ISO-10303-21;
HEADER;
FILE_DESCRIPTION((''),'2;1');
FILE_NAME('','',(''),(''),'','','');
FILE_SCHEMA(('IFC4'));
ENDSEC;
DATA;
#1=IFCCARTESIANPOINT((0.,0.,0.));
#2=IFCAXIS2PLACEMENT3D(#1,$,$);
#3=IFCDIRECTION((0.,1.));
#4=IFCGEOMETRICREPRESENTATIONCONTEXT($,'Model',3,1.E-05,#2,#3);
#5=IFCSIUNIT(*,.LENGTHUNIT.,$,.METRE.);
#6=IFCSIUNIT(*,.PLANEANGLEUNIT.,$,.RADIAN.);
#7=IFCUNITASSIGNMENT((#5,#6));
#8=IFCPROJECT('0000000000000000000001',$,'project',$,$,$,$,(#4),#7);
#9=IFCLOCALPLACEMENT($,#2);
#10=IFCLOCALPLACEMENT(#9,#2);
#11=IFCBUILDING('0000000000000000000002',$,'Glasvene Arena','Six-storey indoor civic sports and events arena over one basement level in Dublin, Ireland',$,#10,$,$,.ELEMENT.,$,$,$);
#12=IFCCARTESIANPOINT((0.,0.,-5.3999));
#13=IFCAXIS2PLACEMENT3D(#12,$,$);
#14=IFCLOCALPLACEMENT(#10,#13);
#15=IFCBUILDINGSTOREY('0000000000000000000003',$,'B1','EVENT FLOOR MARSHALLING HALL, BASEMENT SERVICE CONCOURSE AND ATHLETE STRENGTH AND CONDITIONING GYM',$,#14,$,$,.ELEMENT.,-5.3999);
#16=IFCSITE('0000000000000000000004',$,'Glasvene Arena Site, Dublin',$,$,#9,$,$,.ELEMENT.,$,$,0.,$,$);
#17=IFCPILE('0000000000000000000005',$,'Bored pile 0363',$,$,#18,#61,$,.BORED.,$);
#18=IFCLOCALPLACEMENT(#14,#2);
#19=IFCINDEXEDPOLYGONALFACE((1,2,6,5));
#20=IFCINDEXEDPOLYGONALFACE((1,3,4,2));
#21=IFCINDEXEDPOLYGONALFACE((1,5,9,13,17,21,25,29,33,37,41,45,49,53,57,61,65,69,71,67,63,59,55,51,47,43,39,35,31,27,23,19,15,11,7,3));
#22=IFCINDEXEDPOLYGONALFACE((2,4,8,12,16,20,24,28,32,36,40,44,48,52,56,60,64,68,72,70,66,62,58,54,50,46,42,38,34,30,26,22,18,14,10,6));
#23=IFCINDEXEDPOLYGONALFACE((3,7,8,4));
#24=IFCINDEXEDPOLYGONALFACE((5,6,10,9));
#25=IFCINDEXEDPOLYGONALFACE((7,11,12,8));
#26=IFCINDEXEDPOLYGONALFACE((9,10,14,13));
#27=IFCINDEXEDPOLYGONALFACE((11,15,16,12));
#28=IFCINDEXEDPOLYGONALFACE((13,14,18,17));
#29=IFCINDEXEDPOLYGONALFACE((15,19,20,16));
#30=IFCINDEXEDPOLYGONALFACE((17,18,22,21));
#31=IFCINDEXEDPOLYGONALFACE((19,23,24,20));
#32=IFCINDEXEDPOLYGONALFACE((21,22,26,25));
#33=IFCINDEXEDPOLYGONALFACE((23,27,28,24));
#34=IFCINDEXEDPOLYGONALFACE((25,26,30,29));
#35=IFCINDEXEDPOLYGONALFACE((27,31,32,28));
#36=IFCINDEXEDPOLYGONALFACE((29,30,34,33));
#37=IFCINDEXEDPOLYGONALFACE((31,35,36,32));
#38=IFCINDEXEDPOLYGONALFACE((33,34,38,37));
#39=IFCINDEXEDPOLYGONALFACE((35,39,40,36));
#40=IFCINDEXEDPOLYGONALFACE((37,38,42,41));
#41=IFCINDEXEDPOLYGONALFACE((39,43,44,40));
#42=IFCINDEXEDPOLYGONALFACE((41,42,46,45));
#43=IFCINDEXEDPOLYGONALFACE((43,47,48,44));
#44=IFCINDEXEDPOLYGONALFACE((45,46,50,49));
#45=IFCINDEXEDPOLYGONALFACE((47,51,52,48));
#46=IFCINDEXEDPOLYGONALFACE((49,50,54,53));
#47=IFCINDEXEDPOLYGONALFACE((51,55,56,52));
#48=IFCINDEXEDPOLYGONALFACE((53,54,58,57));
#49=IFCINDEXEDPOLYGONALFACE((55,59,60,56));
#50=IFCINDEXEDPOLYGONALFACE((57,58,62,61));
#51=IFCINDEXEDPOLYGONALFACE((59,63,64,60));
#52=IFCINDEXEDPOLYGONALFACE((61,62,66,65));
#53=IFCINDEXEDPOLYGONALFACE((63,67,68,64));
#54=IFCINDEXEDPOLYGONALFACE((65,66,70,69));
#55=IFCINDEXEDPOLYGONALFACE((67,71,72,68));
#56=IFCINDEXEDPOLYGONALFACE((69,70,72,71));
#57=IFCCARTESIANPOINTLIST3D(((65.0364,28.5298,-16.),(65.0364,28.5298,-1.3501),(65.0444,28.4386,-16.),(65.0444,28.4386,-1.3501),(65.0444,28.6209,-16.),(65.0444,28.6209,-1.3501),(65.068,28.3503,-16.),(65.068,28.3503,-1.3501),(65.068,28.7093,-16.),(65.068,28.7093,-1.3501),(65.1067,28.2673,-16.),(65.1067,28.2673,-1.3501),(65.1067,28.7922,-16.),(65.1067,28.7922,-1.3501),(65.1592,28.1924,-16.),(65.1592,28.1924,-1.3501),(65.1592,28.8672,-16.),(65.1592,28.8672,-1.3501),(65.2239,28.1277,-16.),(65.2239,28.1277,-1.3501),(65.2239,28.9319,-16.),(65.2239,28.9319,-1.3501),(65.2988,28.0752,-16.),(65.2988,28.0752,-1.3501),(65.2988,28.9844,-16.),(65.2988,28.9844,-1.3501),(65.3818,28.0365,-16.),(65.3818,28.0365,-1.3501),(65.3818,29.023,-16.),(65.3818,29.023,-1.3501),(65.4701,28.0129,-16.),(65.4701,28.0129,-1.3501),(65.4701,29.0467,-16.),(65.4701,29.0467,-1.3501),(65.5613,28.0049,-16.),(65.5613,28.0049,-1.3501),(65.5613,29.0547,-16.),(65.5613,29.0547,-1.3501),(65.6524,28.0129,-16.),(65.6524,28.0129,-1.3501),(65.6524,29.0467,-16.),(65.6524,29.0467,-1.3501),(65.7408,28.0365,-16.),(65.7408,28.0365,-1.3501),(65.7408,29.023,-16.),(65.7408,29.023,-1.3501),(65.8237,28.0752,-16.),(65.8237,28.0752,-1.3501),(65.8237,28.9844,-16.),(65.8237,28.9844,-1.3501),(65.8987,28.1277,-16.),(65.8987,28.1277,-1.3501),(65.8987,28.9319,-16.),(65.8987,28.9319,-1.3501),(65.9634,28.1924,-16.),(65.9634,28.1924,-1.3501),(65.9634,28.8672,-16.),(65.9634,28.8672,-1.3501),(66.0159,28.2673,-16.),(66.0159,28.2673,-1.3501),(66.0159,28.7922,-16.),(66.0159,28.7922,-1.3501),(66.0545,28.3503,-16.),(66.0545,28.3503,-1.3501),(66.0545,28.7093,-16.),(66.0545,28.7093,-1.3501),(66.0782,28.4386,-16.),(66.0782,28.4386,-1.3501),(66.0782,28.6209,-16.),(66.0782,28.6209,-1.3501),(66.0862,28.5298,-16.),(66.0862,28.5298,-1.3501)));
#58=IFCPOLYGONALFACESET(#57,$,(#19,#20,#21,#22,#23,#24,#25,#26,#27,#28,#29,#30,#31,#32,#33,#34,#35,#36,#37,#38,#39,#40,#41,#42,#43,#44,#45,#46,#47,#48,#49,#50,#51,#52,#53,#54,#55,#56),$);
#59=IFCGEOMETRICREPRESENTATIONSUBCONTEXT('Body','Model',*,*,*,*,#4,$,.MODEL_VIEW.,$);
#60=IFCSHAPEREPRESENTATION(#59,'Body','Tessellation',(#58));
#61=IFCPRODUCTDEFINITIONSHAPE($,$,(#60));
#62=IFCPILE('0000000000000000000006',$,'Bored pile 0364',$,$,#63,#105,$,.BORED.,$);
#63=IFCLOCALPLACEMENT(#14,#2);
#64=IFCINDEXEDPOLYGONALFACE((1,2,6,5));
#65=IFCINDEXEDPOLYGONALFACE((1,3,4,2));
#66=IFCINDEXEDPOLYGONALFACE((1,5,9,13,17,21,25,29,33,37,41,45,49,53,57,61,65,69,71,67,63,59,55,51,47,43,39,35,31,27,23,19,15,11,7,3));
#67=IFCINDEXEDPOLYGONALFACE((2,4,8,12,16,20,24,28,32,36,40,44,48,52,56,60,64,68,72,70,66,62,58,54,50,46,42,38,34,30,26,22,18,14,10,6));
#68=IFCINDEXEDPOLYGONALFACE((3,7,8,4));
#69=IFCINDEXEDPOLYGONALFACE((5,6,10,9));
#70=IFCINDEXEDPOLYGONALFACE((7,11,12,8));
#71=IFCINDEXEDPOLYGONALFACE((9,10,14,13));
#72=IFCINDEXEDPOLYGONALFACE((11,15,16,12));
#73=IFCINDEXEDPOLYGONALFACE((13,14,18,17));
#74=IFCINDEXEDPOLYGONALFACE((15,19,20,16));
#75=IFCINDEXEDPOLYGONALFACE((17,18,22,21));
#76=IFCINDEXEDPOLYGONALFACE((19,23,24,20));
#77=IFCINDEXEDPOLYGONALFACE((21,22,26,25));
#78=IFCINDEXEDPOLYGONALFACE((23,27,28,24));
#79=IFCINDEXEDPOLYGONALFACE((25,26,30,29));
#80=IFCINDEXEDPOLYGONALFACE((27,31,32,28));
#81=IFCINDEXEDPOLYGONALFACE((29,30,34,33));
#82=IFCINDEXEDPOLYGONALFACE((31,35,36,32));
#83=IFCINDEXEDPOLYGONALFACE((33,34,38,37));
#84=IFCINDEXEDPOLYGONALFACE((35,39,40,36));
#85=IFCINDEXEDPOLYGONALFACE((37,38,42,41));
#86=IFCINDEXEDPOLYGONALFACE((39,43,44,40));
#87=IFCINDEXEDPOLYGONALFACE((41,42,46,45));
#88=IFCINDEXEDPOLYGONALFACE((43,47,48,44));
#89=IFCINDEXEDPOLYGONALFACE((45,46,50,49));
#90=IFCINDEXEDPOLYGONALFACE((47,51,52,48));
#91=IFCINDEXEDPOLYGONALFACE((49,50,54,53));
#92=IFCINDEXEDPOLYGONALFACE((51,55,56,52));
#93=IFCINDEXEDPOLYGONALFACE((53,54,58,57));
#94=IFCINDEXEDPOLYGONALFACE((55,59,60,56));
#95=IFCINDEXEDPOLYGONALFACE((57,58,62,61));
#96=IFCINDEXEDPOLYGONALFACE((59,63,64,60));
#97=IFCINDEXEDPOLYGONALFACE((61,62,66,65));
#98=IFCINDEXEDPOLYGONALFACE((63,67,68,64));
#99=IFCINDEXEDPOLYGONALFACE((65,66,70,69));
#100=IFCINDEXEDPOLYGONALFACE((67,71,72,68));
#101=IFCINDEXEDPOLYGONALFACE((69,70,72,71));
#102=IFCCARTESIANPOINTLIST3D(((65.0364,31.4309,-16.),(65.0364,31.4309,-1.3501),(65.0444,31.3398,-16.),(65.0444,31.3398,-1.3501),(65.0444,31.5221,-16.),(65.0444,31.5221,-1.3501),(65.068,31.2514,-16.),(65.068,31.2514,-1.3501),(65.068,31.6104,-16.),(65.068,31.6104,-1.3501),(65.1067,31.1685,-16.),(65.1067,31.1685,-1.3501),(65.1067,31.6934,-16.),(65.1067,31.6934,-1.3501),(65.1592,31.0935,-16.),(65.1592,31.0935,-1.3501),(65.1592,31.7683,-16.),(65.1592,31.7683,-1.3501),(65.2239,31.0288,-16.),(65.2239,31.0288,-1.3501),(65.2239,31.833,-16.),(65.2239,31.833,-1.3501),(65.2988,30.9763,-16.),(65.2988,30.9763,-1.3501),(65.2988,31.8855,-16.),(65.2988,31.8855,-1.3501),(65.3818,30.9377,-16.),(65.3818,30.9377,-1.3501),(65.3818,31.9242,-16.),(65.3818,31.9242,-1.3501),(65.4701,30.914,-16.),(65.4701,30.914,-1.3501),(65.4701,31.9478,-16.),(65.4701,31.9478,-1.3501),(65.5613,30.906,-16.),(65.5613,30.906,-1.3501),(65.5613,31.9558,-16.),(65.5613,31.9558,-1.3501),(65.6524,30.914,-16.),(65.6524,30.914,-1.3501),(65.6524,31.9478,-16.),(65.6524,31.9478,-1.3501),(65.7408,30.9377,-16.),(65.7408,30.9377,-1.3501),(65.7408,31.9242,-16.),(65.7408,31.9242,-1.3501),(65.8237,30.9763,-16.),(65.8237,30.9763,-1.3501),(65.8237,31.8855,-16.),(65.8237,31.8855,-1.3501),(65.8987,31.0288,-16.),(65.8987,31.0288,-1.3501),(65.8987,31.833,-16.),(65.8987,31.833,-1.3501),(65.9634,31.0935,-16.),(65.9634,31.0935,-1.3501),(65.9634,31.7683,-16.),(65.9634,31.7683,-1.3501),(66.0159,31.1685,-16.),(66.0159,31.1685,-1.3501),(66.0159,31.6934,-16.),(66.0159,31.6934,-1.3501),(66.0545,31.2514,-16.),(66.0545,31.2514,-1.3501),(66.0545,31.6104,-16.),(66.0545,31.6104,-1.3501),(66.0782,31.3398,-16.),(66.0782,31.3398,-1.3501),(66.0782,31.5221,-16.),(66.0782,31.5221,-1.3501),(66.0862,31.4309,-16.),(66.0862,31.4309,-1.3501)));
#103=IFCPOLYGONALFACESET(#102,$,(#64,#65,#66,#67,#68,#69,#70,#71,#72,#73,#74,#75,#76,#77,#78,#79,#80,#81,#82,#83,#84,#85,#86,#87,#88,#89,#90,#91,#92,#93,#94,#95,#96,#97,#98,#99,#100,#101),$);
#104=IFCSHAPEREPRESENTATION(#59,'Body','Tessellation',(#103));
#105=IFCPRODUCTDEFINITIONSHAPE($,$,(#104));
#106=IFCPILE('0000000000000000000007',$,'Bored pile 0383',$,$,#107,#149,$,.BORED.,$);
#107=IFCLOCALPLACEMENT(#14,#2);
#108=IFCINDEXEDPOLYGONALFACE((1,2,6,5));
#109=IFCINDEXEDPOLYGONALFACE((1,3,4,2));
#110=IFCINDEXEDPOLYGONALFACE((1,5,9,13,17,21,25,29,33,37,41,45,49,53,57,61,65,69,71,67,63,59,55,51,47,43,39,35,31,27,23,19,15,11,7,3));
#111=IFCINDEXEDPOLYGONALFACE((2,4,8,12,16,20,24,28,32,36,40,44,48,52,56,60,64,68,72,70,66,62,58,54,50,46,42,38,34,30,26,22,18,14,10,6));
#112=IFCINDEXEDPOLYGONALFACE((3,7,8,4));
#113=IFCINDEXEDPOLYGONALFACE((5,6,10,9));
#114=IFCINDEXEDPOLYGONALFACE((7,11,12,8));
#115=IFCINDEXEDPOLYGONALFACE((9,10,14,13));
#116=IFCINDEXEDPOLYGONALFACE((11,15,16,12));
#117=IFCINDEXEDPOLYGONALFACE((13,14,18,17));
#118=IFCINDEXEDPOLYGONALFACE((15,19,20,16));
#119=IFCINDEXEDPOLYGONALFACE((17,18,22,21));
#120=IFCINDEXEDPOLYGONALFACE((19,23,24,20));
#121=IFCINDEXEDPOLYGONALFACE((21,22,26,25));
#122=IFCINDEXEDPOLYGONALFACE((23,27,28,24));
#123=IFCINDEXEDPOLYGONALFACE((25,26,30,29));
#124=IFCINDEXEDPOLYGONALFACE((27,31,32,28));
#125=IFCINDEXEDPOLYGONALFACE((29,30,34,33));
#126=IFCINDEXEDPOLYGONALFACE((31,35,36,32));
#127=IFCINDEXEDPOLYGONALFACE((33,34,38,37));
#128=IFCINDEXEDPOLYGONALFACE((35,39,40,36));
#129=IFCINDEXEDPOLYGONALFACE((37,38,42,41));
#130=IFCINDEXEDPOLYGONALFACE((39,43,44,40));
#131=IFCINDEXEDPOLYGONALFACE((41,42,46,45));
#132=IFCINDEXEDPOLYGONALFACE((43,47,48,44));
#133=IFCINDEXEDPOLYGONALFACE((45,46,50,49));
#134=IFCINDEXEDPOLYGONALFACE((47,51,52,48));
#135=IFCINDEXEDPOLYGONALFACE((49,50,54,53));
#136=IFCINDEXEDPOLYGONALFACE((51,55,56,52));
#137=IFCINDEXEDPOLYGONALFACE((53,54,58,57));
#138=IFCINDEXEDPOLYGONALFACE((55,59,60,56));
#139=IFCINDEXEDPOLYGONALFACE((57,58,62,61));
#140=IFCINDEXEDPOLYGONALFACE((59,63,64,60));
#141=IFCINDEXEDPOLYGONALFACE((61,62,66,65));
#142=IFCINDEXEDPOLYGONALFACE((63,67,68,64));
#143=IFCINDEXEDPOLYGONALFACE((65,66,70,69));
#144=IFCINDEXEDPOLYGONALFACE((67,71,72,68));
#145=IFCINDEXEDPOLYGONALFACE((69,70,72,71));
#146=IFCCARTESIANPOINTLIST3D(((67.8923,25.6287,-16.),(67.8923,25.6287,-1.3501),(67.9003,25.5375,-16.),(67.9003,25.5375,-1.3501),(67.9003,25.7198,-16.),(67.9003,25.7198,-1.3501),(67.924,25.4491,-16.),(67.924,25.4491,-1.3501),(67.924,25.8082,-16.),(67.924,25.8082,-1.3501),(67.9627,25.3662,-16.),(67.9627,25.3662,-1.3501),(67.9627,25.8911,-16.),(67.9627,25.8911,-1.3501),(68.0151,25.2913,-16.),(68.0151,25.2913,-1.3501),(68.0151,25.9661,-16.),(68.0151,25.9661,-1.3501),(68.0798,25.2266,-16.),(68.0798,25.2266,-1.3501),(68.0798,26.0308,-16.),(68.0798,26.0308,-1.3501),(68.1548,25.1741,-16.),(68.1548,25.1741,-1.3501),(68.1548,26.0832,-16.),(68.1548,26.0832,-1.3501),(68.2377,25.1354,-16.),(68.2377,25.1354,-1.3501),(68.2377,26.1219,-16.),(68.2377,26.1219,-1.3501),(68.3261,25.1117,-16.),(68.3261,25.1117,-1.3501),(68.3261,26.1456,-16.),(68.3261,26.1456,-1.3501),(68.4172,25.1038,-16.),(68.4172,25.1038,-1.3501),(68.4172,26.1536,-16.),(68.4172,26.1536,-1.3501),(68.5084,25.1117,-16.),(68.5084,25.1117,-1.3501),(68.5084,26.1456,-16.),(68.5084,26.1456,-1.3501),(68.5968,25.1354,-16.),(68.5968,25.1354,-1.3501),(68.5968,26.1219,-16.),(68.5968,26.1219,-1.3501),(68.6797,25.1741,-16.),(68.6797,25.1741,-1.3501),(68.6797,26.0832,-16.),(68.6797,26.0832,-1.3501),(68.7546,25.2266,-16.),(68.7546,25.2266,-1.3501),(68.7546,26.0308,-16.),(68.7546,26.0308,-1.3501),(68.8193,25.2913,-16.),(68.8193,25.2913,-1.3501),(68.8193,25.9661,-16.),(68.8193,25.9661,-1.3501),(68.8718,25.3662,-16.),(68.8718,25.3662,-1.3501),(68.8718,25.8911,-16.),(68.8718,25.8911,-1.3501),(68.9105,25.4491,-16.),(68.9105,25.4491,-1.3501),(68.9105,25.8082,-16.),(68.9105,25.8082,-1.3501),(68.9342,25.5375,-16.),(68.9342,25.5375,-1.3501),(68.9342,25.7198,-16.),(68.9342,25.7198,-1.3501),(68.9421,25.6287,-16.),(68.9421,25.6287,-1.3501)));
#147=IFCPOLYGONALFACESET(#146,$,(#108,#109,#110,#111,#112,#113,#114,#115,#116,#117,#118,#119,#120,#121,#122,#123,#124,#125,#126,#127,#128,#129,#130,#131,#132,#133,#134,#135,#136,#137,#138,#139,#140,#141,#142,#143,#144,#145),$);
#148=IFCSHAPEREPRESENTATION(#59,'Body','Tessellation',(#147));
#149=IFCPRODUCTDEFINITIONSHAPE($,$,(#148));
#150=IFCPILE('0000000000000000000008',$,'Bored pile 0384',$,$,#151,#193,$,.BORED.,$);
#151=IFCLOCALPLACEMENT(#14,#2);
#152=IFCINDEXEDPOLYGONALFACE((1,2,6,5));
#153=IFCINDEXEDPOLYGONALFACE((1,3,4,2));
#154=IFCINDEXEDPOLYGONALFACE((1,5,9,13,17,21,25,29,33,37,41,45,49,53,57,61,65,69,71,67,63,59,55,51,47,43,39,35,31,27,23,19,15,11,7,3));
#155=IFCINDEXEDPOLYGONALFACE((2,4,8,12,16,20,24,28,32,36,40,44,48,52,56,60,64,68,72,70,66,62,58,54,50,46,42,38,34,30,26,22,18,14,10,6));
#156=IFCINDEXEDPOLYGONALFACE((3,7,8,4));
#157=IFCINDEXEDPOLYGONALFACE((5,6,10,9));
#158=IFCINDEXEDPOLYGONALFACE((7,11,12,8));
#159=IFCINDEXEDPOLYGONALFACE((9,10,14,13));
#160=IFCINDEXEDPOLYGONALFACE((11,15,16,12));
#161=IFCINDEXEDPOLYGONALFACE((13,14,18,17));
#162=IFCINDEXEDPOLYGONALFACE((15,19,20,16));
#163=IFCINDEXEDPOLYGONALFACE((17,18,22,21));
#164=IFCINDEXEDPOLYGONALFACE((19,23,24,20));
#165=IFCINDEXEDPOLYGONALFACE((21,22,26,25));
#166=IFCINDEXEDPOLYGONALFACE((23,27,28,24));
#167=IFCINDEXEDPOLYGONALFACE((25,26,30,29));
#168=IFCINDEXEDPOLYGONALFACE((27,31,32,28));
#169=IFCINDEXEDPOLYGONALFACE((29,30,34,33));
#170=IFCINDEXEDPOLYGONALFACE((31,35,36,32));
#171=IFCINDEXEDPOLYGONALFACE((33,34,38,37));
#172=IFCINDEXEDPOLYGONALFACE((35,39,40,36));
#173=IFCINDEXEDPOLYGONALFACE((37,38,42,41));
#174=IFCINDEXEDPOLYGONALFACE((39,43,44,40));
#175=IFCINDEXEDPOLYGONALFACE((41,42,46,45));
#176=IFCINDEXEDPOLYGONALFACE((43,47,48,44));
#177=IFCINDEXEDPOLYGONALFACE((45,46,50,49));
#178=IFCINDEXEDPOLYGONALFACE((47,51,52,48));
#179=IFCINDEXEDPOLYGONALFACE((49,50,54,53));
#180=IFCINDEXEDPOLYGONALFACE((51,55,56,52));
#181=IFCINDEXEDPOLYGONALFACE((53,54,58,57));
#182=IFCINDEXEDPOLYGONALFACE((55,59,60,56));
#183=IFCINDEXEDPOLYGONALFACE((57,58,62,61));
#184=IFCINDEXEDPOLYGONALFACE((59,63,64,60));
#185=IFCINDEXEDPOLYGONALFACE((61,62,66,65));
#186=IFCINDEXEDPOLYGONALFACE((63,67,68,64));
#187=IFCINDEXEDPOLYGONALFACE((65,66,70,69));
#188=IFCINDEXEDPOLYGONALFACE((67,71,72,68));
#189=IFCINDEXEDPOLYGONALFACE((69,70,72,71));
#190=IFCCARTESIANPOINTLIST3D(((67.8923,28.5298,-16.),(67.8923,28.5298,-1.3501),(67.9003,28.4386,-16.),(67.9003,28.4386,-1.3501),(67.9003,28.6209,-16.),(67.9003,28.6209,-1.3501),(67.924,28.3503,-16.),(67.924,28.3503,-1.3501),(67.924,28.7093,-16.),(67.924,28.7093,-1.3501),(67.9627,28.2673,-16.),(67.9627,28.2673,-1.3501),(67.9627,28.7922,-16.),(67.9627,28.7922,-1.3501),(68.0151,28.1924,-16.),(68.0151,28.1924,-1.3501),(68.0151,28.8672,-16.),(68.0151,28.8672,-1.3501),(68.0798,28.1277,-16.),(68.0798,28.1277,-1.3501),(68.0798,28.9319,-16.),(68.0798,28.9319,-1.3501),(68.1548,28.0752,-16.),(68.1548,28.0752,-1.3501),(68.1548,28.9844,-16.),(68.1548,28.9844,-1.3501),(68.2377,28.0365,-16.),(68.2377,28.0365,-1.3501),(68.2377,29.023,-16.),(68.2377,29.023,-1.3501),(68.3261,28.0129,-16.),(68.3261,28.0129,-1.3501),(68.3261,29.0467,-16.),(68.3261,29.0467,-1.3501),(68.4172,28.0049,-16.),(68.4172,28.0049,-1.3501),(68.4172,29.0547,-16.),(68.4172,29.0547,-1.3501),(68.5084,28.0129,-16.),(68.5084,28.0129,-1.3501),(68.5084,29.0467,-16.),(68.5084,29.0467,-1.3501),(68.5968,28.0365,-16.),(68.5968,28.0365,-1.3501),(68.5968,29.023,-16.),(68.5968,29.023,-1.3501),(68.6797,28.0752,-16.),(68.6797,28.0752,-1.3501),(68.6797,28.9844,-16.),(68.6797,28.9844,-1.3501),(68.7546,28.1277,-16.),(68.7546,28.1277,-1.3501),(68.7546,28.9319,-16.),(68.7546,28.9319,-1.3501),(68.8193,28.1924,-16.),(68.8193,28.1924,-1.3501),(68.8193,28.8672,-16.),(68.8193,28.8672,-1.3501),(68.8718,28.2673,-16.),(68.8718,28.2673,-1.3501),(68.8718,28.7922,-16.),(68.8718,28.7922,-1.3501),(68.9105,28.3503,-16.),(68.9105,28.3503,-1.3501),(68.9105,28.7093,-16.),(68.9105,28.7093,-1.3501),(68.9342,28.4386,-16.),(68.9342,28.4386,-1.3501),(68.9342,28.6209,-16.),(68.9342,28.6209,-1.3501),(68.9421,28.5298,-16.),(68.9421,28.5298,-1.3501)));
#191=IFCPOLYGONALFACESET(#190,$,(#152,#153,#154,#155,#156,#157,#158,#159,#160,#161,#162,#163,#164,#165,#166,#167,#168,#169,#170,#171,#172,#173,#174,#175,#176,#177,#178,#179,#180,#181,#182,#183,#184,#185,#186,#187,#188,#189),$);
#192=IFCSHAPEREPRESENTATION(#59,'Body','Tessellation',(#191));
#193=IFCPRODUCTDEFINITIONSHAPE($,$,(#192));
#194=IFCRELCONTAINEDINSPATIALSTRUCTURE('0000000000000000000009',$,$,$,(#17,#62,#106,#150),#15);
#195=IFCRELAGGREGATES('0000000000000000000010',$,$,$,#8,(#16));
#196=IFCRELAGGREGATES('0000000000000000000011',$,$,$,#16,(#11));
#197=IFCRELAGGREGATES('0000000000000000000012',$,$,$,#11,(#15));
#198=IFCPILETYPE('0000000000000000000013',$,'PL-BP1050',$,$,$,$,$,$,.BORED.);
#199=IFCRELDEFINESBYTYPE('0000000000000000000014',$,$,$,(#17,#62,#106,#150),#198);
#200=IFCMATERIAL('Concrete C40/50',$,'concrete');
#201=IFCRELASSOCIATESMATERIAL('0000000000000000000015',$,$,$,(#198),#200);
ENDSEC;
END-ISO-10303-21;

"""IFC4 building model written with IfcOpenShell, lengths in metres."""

from ifc_helpers import new_model, si_unit, direction, frame, origin, origin_2d, place, context, subcontext, project, spatial, circle, extrude, material, material_profile, profile_set, type_object, element, save


model = new_model("IFC4")

# Units and contexts
model_context = context("Model", 3, precision=1e-05, world=origin(), true_north=direction((0.0, 1.0)))
body_context = subcontext(model_context, "Body", "Model", "MODEL_VIEW")
ifc_project = project(units=[si_unit("LENGTHUNIT", "METRE"), si_unit("PLANEANGLEUNIT", "RADIAN")], contexts=[model_context])

# Site, building, storey
site_placement = place(None, origin())
site = spatial("IfcSite", under=ifc_project, at=site_placement, Name="Glasvene Arena Site, Dublin", CompositionType="ELEMENT", RefElevation=0.0)
building_placement = place(site_placement, origin())
building = spatial("IfcBuilding", under=site, at=building_placement, Name="Glasvene Arena", Description="Six-storey indoor civic sports and events arena over one basement level in Dublin, Ireland", CompositionType="ELEMENT")
storey_placement = place(building_placement, frame((0.0, 0.0, -5.3999)))
storey = spatial("IfcBuildingStorey", under=building, at=storey_placement, Name="B1", Description="EVENT FLOOR MARSHALLING HALL, BASEMENT SERVICE CONCOURSE AND ATHLETE STRENGTH AND CONDITIONING GYM", CompositionType="ELEMENT", Elevation=-5.3999)

# Piles
ifc_material_1 = material(Name="Concrete C40/50", Category="concrete")
ifc_material_profile_1 = material_profile(ifc_material_1, circle(Radius=0.5249, at=origin_2d()), Name="BORED PILE 1050")
ifc_profile_set_1 = profile_set([ifc_material_profile_1], Name="Concrete C40/50")
pile_type = type_object("IfcPileType", Name="PL-BP1050", PredefinedType="BORED", material=ifc_profile_set_1)
for number, where, z_axis, x_axis, name in (
    (1, (65.5613, 28.5298, -1.3501), (0.0, 0.0, -1.0), (1.0, 0.0, 0.0), "Bored pile 0363"),
    (2, (65.5613, 31.4309, -1.3501), (0.0, 0.0, -1.0), (1.0, 0.0, 0.0), "Bored pile 0364"),
    (3, (68.4172, 25.6287, -1.3501), (0.0, 0.0, -1.0), (1.0, 0.0, 0.0), "Bored pile 0383"),
    (4, (68.4172, 28.5298, -1.3501), (0.0, 0.0, -1.0), (1.0, 0.0, 0.0), "Bored pile 0384"),
):
    element("IfcPile", number, at=place(storey_placement, frame(where, z_axis=z_axis, x_axis=x_axis)), inside=storey, type_object=pile_type, Name=name, PredefinedType="BORED", context=body_context, shape_type="SweptSolid", body=[
        extrude(circle(Radius=0.5249, at=origin_2d()), origin(), (0.0, 0.0, 1.0), 14.6499),
    ])

save(model, "model.ifc")
